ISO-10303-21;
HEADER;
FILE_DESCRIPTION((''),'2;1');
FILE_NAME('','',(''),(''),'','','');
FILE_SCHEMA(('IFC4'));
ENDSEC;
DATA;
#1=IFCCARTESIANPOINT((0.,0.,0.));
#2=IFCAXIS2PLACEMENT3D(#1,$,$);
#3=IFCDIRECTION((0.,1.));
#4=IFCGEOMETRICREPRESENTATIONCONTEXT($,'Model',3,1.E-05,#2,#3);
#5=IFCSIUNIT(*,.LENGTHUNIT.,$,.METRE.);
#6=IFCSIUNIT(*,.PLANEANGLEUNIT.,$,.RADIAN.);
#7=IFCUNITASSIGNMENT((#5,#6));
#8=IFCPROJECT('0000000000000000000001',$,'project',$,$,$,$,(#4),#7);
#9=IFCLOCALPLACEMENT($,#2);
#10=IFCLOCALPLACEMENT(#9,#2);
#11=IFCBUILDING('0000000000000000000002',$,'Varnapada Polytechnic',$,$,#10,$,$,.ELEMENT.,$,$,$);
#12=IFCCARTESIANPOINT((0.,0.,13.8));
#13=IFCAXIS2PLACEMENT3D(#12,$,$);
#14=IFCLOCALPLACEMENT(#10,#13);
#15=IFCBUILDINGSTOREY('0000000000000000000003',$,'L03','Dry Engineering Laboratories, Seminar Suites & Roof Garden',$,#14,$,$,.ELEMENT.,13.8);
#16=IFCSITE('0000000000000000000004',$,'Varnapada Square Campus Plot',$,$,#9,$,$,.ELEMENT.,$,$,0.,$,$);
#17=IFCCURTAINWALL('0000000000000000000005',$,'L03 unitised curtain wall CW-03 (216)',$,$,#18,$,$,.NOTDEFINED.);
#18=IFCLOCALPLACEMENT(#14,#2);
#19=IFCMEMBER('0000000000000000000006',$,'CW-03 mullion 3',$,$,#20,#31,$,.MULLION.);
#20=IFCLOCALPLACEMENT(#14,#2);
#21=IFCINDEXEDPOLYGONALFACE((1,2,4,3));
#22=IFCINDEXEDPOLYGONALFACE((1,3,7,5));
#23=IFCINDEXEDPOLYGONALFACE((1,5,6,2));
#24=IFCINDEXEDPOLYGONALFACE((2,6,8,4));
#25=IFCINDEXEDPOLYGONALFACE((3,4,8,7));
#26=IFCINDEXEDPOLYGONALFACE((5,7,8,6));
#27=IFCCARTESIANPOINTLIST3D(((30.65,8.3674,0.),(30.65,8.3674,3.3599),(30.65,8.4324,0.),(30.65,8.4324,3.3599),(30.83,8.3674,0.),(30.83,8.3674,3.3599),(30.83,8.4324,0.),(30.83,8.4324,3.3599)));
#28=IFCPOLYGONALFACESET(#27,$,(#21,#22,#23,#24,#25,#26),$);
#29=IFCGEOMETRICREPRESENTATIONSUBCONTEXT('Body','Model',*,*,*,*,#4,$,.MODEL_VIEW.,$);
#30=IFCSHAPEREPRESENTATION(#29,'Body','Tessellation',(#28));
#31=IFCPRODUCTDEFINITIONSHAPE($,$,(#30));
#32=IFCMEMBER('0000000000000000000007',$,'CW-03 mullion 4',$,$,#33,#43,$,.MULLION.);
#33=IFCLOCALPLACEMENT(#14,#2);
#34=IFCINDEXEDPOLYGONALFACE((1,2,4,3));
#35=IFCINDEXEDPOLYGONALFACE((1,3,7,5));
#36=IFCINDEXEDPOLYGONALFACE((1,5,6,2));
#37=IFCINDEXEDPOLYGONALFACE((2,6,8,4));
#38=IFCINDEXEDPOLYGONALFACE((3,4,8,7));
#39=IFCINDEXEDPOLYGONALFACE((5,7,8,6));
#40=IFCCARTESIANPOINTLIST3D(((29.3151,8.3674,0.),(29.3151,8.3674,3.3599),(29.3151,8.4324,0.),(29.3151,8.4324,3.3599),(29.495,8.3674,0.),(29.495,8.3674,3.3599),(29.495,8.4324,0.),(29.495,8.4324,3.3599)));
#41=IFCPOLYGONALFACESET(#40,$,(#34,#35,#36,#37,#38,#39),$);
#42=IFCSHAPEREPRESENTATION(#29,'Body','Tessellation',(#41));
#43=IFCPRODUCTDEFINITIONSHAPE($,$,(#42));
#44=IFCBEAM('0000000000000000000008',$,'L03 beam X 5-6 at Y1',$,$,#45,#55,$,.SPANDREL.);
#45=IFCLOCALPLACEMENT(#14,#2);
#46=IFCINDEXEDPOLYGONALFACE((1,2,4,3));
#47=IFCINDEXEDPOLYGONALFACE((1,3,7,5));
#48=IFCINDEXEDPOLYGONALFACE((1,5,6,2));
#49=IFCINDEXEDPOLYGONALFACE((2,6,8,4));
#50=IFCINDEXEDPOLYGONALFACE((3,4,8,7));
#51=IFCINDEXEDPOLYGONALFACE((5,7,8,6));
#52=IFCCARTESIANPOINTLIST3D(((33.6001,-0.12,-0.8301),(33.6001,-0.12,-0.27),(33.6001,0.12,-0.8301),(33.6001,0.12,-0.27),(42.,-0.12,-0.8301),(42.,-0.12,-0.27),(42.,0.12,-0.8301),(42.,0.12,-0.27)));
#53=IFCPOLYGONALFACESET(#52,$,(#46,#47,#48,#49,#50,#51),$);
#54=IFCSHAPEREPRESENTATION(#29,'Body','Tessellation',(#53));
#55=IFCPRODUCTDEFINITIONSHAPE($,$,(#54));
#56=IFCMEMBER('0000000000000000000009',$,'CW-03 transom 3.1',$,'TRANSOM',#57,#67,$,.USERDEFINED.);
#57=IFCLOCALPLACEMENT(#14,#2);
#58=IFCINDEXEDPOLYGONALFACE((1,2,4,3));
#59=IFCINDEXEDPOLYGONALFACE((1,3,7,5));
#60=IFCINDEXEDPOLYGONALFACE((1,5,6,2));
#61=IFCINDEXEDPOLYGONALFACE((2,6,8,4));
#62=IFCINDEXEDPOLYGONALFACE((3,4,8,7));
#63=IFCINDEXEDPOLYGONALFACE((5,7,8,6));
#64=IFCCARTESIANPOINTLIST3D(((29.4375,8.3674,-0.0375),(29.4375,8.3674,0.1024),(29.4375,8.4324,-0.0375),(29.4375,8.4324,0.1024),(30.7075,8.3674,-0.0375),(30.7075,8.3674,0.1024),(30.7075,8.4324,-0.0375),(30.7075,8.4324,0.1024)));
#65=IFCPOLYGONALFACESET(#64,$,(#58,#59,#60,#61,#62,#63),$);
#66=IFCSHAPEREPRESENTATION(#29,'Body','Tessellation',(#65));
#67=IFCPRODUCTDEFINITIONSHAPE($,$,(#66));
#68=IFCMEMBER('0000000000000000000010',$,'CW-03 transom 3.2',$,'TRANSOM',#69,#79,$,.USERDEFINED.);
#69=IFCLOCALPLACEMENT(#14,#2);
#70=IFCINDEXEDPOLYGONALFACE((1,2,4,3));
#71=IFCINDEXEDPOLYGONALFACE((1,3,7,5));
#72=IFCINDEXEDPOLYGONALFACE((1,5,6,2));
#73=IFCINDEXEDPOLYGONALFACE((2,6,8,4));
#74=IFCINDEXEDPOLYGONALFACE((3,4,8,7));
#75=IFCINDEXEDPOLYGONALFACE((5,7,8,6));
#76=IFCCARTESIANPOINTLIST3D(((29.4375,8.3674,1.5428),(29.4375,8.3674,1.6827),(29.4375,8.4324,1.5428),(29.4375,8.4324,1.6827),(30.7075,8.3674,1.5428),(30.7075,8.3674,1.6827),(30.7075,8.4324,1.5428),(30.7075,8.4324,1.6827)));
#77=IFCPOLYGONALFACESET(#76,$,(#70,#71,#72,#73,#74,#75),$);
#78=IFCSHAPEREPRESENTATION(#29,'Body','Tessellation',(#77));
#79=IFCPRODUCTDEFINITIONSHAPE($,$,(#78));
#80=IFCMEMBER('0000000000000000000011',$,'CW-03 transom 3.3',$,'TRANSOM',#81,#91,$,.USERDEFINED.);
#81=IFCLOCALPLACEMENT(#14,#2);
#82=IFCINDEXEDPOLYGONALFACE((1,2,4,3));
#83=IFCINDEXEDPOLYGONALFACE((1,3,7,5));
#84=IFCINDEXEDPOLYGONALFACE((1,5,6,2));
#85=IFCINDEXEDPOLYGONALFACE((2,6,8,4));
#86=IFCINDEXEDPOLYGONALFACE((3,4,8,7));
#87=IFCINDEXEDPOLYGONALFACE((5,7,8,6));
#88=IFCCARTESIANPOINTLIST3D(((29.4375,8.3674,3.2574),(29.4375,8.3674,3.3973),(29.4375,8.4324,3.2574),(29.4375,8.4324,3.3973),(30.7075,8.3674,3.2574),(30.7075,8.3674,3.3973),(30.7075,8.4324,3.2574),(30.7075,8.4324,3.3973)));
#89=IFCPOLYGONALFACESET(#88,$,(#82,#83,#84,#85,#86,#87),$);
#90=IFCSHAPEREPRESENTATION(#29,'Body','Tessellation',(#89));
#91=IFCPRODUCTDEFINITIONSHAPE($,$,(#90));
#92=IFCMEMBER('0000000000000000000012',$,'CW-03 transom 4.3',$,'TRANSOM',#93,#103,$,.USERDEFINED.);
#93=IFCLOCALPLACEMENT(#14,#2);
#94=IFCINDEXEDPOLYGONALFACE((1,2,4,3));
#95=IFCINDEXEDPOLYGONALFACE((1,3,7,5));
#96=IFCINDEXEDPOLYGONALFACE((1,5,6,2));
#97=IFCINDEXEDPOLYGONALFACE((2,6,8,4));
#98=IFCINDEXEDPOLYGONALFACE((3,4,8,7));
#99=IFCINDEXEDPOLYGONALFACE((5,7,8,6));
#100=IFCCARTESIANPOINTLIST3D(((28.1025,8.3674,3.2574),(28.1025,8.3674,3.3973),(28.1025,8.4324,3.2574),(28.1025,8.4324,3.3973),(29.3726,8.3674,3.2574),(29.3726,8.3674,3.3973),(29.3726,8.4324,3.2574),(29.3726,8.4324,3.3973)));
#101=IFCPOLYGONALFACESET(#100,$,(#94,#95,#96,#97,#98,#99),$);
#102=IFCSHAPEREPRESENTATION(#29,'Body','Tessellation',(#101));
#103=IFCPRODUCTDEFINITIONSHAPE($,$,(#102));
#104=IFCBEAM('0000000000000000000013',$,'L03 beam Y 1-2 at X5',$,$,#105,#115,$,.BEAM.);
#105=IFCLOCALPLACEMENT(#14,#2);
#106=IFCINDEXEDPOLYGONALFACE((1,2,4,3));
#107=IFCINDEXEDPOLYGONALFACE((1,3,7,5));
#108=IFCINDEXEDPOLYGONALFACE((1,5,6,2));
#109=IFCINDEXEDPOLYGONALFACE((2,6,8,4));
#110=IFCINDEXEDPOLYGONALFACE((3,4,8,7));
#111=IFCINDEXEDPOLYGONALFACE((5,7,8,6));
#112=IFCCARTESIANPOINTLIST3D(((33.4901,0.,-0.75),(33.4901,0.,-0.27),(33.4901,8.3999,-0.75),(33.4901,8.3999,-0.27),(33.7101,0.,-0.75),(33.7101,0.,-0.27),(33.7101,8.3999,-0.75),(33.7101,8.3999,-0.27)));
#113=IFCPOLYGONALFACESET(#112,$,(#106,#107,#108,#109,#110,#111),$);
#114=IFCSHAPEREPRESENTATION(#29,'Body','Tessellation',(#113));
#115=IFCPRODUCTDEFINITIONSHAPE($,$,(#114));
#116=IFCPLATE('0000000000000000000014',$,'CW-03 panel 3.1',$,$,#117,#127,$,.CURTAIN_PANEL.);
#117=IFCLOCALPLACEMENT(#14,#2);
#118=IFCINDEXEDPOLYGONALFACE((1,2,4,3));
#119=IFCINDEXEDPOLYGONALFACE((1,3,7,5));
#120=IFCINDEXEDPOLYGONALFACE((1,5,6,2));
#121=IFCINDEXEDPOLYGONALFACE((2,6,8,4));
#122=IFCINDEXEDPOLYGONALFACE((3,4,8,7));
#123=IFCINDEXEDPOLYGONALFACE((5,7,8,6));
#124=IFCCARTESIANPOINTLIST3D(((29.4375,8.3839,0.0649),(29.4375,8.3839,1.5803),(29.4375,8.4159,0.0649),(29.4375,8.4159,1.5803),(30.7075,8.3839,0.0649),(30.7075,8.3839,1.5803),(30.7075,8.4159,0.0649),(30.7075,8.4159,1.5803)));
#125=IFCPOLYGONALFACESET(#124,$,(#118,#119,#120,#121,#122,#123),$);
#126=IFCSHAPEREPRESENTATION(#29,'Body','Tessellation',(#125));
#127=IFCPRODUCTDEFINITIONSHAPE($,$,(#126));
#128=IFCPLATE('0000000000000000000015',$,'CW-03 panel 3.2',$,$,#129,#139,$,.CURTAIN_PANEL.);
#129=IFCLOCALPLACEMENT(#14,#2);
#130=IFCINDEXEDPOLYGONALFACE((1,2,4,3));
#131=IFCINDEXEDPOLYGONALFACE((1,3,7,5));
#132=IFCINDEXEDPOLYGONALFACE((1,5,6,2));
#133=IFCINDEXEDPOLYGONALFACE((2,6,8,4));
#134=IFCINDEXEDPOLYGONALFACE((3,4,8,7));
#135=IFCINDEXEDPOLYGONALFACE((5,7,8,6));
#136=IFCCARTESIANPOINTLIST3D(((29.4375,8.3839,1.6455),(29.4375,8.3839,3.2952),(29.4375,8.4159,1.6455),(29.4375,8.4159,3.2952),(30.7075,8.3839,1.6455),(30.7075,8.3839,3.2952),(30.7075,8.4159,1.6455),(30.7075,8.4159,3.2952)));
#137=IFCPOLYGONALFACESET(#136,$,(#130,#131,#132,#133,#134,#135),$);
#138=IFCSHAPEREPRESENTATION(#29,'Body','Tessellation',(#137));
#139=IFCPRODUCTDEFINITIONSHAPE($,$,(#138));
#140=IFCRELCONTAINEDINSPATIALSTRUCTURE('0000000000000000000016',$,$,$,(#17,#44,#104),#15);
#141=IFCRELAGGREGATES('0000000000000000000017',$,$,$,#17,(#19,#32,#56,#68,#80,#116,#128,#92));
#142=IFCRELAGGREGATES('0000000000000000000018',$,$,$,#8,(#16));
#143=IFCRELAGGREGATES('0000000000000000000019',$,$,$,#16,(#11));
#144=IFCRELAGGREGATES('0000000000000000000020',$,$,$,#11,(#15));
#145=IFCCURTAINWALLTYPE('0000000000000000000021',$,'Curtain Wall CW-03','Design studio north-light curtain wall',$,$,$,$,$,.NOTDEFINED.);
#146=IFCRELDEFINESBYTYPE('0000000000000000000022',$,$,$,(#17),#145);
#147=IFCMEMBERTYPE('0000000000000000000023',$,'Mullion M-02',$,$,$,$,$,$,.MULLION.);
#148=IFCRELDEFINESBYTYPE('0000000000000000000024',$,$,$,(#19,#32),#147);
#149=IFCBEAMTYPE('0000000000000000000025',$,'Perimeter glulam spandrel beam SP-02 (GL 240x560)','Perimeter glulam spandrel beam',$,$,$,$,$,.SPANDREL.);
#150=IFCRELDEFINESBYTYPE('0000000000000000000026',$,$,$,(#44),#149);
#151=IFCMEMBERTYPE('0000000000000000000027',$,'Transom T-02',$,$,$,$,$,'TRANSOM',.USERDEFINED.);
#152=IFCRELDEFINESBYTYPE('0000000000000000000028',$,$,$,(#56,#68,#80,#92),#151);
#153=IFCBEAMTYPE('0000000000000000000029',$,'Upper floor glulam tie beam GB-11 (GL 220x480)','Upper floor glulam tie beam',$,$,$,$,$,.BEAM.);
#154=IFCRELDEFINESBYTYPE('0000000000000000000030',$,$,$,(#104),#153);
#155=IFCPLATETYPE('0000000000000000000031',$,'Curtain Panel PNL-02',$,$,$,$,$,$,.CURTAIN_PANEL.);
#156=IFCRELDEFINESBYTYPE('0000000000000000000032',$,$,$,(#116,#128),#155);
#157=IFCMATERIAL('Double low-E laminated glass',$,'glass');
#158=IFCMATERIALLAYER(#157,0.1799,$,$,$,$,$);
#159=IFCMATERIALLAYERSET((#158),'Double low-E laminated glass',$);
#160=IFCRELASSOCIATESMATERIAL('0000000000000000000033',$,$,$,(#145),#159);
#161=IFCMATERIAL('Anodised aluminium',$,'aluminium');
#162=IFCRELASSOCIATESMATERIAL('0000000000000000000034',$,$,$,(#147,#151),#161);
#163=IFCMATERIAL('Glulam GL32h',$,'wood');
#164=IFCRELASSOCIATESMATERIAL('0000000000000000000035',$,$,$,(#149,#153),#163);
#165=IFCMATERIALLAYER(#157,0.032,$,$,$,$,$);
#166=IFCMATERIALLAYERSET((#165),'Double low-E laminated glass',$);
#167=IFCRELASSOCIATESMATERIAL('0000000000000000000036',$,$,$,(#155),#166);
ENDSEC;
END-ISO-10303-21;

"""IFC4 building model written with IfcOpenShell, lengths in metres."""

from ifc_helpers import new_model, si_unit, direction, frame, origin, origin_2d, place, context, subcontext, project, spatial, rectangle, extrude, material, layer, layer_set, material_profile, profile_set, type_object, element, aggregate, save


model = new_model("IFC4")

# Units and contexts
model_context = context("Model", 3, precision=1e-05, world=origin(), true_north=direction((0.0, 1.0)))
body_context = subcontext(model_context, "Body", "Model", "MODEL_VIEW")
ifc_project = project(units=[si_unit("LENGTHUNIT", "METRE"), si_unit("PLANEANGLEUNIT", "RADIAN")], contexts=[model_context])

# Site, building, storey
site_placement = place(None, origin())
site = spatial("IfcSite", under=ifc_project, at=site_placement, Name="Varnapada Square Campus Plot", CompositionType="ELEMENT", RefElevation=0.0)
building_placement = place(site_placement, origin())
building = spatial("IfcBuilding", under=site, at=building_placement, Name="Varnapada Polytechnic", CompositionType="ELEMENT")
storey_placement = place(building_placement, frame((0.0, 0.0, 13.8)))
storey = spatial("IfcBuildingStorey", under=building, at=storey_placement, Name="L03", Description="Dry Engineering Laboratories, Seminar Suites & Roof Garden", CompositionType="ELEMENT", Elevation=13.8)

# Curtain wall, members
ifc_material_1 = material(Name="Double low-E laminated glass", Category="glass")
ifc_layer_1 = layer(ifc_material_1, 0.1799)
ifc_layer_set_1 = layer_set([ifc_layer_1], Name="Double low-E laminated glass")
curtain_wall_type = type_object("IfcCurtainWallType", Name="Curtain Wall CW-03", Description="Design studio north-light curtain wall", PredefinedType="NOTDEFINED", material=ifc_layer_set_1)
curtain_wall_placement = place(storey_placement, origin())
curtain_wall = element("IfcCurtainWall", 1, at=curtain_wall_placement, inside=storey, type_object=curtain_wall_type, Name="L03 unitised curtain wall CW-03 (216)", PredefinedType="NOTDEFINED")
ifc_material_2 = material(Name="Anodised aluminium", Category="aluminium")
ifc_material_profile_1 = material_profile(ifc_material_2, rectangle(XDim=0.0649, YDim=0.1799, at=origin_2d()), Name="ALU M65x180")
ifc_profile_set_1 = profile_set([ifc_material_profile_1], Name="Anodised aluminium")
member_type_1 = type_object("IfcMemberType", Name="Mullion M-02", PredefinedType="MULLION", material=ifc_profile_set_1)
member_1_placement = place(storey_placement, frame((30.74, 8.3999, 0.0), z_axis=(0.0, 0.0, 1.0), x_axis=(0.0, -1.0, 0.0)))
member_1 = element("IfcMember", 2, at=member_1_placement, type_object=member_type_1, Name="CW-03 mullion 3", PredefinedType="MULLION", context=body_context, shape_type="SweptSolid", body=[
    extrude(rectangle(XDim=0.0649, YDim=0.1799, at=origin_2d()), origin(), (0.0, 0.0, 1.0), 3.3599),
])
member_2_placement = place(storey_placement, frame((29.405, 8.3999, 0.0), z_axis=(0.0, 0.0, 1.0), x_axis=(0.0, -1.0, 0.0)))
member_2 = element("IfcMember", 3, at=member_2_placement, type_object=member_type_1, Name="CW-03 mullion 4", PredefinedType="MULLION", context=body_context, shape_type="SweptSolid", body=[
    extrude(rectangle(XDim=0.0649, YDim=0.1799, at=origin_2d()), origin(), (0.0, 0.0, 1.0), 3.3599),
])

# Beam
ifc_material_3 = material(Name="Glulam GL32h", Category="wood")
ifc_material_profile_2 = material_profile(ifc_material_3, rectangle(XDim=0.24, YDim=0.5601, at=origin_2d()), Name="GL 240x560")
ifc_profile_set_2 = profile_set([ifc_material_profile_2], Name="Glulam GL32h")
beam_type_1 = type_object("IfcBeamType", Name="Perimeter glulam spandrel beam SP-02 (GL 240x560)", Description="Perimeter glulam spandrel beam", PredefinedType="SPANDREL", material=ifc_profile_set_2)
beam_1_placement = place(storey_placement, frame((33.6001, 0.0, -0.55), z_axis=(1.0, 0.0, 0.0), x_axis=(0.0, 1.0, 0.0)))
element("IfcBeam", 4, at=beam_1_placement, inside=storey, type_object=beam_type_1, Name="L03 beam X 5-6 at Y1", PredefinedType="SPANDREL", context=body_context, shape_type="SweptSolid", body=[
    extrude(rectangle(XDim=0.24, YDim=0.5601, at=origin_2d()), origin(), (0.0, 0.0, 1.0), 8.3999),
])

# Members
ifc_material_profile_3 = material_profile(ifc_material_2, rectangle(XDim=0.0649, YDim=0.1399, at=origin_2d()), Name="ALU T65x140")
ifc_profile_set_3 = profile_set([ifc_material_profile_3], Name="Anodised aluminium")
member_type_2 = type_object("IfcMemberType", Name="Transom T-02", ElementType="TRANSOM", PredefinedType="USERDEFINED", material=ifc_profile_set_3)
member_3_placement = place(storey_placement, frame((30.7075, 8.3999, 0.0325), z_axis=(-1.0, 0.0, 0.0), x_axis=(0.0, -1.0, 0.0)))
member_3 = element("IfcMember", 5, at=member_3_placement, type_object=member_type_2, Name="CW-03 transom 3.1", ObjectType="TRANSOM", PredefinedType="USERDEFINED", context=body_context, shape_type="SweptSolid", body=[
    extrude(rectangle(XDim=0.0649, YDim=0.1399, at=origin_2d()), origin(), (0.0, 0.0, 1.0), 1.27),
])
member_4_placement = place(storey_placement, frame((30.7075, 8.3999, 1.6128), z_axis=(-1.0, 0.0, 0.0), x_axis=(0.0, -1.0, 0.0)))
member_4 = element("IfcMember", 6, at=member_4_placement, type_object=member_type_2, Name="CW-03 transom 3.2", ObjectType="TRANSOM", PredefinedType="USERDEFINED", context=body_context, shape_type="SweptSolid", body=[
    extrude(rectangle(XDim=0.0649, YDim=0.1399, at=origin_2d()), origin(), (0.0, 0.0, 1.0), 1.27),
])
member_5_placement = place(storey_placement, frame((30.7075, 8.3999, 3.3274), z_axis=(-1.0, 0.0, 0.0), x_axis=(0.0, -1.0, 0.0)))
member_5 = element("IfcMember", 7, at=member_5_placement, type_object=member_type_2, Name="CW-03 transom 3.3", ObjectType="TRANSOM", PredefinedType="USERDEFINED", context=body_context, shape_type="SweptSolid", body=[
    extrude(rectangle(XDim=0.0649, YDim=0.1399, at=origin_2d()), origin(), (0.0, 0.0, 1.0), 1.27),
])
member_6_placement = place(storey_placement, frame((29.3726, 8.3999, 3.3274), z_axis=(-1.0, 0.0, 0.0), x_axis=(0.0, -1.0, 0.0)))
member_6 = element("IfcMember", 8, at=member_6_placement, type_object=member_type_2, Name="CW-03 transom 4.3", ObjectType="TRANSOM", PredefinedType="USERDEFINED", context=body_context, shape_type="SweptSolid", body=[
    extrude(rectangle(XDim=0.0649, YDim=0.1399, at=origin_2d()), origin(), (0.0, 0.0, 1.0), 1.27),
])

# Beam
ifc_material_profile_4 = material_profile(ifc_material_3, rectangle(XDim=0.22, YDim=0.48, at=origin_2d()), Name="GL 220x480")
ifc_profile_set_4 = profile_set([ifc_material_profile_4], Name="Glulam GL32h")
beam_type_2 = type_object("IfcBeamType", Name="Upper floor glulam tie beam GB-11 (GL 220x480)", Description="Upper floor glulam tie beam", PredefinedType="BEAM", material=ifc_profile_set_4)
beam_2_placement = place(storey_placement, frame((33.6001, 0.0, -0.51), z_axis=(0.0, 1.0, 0.0), x_axis=(-1.0, 0.0, 0.0)))
element("IfcBeam", 9, at=beam_2_placement, inside=storey, type_object=beam_type_2, Name="L03 beam Y 1-2 at X5", PredefinedType="BEAM", context=body_context, shape_type="SweptSolid", body=[
    extrude(rectangle(XDim=0.22, YDim=0.48, at=origin_2d()), origin(), (0.0, 0.0, 1.0), 8.3999),
])

# Plates
ifc_layer_2 = layer(ifc_material_1, 0.032)
ifc_layer_set_2 = layer_set([ifc_layer_2], Name="Double low-E laminated glass")
plate_type = type_object("IfcPlateType", Name="Curtain Panel PNL-02", PredefinedType="CURTAIN_PANEL", material=ifc_layer_set_2)
plate_1_placement = place(storey_placement, frame((30.0725, 8.3999, 0.0649), z_axis=(0.0, 0.0, 1.0), x_axis=(-1.0, 0.0, 0.0)))
plate_1 = element("IfcPlate", 10, at=plate_1_placement, type_object=plate_type, Name="CW-03 panel 3.1", PredefinedType="CURTAIN_PANEL", context=body_context, shape_type="SweptSolid", body=[
    extrude(rectangle(XDim=1.27, YDim=0.032, at=origin_2d()), origin(), (0.0, 0.0, 1.0), 1.5154),
])
plate_2_placement = place(storey_placement, frame((30.0725, 8.3999, 1.6455), z_axis=(0.0, 0.0, 1.0), x_axis=(-1.0, 0.0, 0.0)))
plate_2 = element("IfcPlate", 11, at=plate_2_placement, type_object=plate_type, Name="CW-03 panel 3.2", PredefinedType="CURTAIN_PANEL", context=body_context, shape_type="SweptSolid", body=[
    extrude(rectangle(XDim=1.27, YDim=0.032, at=origin_2d()), origin(), (0.0, 0.0, 1.0), 1.6497),
])
aggregate(curtain_wall, [member_1, member_2, member_3, member_4, member_5, plate_1, plate_2, member_6])

save(model, "model.ifc")
